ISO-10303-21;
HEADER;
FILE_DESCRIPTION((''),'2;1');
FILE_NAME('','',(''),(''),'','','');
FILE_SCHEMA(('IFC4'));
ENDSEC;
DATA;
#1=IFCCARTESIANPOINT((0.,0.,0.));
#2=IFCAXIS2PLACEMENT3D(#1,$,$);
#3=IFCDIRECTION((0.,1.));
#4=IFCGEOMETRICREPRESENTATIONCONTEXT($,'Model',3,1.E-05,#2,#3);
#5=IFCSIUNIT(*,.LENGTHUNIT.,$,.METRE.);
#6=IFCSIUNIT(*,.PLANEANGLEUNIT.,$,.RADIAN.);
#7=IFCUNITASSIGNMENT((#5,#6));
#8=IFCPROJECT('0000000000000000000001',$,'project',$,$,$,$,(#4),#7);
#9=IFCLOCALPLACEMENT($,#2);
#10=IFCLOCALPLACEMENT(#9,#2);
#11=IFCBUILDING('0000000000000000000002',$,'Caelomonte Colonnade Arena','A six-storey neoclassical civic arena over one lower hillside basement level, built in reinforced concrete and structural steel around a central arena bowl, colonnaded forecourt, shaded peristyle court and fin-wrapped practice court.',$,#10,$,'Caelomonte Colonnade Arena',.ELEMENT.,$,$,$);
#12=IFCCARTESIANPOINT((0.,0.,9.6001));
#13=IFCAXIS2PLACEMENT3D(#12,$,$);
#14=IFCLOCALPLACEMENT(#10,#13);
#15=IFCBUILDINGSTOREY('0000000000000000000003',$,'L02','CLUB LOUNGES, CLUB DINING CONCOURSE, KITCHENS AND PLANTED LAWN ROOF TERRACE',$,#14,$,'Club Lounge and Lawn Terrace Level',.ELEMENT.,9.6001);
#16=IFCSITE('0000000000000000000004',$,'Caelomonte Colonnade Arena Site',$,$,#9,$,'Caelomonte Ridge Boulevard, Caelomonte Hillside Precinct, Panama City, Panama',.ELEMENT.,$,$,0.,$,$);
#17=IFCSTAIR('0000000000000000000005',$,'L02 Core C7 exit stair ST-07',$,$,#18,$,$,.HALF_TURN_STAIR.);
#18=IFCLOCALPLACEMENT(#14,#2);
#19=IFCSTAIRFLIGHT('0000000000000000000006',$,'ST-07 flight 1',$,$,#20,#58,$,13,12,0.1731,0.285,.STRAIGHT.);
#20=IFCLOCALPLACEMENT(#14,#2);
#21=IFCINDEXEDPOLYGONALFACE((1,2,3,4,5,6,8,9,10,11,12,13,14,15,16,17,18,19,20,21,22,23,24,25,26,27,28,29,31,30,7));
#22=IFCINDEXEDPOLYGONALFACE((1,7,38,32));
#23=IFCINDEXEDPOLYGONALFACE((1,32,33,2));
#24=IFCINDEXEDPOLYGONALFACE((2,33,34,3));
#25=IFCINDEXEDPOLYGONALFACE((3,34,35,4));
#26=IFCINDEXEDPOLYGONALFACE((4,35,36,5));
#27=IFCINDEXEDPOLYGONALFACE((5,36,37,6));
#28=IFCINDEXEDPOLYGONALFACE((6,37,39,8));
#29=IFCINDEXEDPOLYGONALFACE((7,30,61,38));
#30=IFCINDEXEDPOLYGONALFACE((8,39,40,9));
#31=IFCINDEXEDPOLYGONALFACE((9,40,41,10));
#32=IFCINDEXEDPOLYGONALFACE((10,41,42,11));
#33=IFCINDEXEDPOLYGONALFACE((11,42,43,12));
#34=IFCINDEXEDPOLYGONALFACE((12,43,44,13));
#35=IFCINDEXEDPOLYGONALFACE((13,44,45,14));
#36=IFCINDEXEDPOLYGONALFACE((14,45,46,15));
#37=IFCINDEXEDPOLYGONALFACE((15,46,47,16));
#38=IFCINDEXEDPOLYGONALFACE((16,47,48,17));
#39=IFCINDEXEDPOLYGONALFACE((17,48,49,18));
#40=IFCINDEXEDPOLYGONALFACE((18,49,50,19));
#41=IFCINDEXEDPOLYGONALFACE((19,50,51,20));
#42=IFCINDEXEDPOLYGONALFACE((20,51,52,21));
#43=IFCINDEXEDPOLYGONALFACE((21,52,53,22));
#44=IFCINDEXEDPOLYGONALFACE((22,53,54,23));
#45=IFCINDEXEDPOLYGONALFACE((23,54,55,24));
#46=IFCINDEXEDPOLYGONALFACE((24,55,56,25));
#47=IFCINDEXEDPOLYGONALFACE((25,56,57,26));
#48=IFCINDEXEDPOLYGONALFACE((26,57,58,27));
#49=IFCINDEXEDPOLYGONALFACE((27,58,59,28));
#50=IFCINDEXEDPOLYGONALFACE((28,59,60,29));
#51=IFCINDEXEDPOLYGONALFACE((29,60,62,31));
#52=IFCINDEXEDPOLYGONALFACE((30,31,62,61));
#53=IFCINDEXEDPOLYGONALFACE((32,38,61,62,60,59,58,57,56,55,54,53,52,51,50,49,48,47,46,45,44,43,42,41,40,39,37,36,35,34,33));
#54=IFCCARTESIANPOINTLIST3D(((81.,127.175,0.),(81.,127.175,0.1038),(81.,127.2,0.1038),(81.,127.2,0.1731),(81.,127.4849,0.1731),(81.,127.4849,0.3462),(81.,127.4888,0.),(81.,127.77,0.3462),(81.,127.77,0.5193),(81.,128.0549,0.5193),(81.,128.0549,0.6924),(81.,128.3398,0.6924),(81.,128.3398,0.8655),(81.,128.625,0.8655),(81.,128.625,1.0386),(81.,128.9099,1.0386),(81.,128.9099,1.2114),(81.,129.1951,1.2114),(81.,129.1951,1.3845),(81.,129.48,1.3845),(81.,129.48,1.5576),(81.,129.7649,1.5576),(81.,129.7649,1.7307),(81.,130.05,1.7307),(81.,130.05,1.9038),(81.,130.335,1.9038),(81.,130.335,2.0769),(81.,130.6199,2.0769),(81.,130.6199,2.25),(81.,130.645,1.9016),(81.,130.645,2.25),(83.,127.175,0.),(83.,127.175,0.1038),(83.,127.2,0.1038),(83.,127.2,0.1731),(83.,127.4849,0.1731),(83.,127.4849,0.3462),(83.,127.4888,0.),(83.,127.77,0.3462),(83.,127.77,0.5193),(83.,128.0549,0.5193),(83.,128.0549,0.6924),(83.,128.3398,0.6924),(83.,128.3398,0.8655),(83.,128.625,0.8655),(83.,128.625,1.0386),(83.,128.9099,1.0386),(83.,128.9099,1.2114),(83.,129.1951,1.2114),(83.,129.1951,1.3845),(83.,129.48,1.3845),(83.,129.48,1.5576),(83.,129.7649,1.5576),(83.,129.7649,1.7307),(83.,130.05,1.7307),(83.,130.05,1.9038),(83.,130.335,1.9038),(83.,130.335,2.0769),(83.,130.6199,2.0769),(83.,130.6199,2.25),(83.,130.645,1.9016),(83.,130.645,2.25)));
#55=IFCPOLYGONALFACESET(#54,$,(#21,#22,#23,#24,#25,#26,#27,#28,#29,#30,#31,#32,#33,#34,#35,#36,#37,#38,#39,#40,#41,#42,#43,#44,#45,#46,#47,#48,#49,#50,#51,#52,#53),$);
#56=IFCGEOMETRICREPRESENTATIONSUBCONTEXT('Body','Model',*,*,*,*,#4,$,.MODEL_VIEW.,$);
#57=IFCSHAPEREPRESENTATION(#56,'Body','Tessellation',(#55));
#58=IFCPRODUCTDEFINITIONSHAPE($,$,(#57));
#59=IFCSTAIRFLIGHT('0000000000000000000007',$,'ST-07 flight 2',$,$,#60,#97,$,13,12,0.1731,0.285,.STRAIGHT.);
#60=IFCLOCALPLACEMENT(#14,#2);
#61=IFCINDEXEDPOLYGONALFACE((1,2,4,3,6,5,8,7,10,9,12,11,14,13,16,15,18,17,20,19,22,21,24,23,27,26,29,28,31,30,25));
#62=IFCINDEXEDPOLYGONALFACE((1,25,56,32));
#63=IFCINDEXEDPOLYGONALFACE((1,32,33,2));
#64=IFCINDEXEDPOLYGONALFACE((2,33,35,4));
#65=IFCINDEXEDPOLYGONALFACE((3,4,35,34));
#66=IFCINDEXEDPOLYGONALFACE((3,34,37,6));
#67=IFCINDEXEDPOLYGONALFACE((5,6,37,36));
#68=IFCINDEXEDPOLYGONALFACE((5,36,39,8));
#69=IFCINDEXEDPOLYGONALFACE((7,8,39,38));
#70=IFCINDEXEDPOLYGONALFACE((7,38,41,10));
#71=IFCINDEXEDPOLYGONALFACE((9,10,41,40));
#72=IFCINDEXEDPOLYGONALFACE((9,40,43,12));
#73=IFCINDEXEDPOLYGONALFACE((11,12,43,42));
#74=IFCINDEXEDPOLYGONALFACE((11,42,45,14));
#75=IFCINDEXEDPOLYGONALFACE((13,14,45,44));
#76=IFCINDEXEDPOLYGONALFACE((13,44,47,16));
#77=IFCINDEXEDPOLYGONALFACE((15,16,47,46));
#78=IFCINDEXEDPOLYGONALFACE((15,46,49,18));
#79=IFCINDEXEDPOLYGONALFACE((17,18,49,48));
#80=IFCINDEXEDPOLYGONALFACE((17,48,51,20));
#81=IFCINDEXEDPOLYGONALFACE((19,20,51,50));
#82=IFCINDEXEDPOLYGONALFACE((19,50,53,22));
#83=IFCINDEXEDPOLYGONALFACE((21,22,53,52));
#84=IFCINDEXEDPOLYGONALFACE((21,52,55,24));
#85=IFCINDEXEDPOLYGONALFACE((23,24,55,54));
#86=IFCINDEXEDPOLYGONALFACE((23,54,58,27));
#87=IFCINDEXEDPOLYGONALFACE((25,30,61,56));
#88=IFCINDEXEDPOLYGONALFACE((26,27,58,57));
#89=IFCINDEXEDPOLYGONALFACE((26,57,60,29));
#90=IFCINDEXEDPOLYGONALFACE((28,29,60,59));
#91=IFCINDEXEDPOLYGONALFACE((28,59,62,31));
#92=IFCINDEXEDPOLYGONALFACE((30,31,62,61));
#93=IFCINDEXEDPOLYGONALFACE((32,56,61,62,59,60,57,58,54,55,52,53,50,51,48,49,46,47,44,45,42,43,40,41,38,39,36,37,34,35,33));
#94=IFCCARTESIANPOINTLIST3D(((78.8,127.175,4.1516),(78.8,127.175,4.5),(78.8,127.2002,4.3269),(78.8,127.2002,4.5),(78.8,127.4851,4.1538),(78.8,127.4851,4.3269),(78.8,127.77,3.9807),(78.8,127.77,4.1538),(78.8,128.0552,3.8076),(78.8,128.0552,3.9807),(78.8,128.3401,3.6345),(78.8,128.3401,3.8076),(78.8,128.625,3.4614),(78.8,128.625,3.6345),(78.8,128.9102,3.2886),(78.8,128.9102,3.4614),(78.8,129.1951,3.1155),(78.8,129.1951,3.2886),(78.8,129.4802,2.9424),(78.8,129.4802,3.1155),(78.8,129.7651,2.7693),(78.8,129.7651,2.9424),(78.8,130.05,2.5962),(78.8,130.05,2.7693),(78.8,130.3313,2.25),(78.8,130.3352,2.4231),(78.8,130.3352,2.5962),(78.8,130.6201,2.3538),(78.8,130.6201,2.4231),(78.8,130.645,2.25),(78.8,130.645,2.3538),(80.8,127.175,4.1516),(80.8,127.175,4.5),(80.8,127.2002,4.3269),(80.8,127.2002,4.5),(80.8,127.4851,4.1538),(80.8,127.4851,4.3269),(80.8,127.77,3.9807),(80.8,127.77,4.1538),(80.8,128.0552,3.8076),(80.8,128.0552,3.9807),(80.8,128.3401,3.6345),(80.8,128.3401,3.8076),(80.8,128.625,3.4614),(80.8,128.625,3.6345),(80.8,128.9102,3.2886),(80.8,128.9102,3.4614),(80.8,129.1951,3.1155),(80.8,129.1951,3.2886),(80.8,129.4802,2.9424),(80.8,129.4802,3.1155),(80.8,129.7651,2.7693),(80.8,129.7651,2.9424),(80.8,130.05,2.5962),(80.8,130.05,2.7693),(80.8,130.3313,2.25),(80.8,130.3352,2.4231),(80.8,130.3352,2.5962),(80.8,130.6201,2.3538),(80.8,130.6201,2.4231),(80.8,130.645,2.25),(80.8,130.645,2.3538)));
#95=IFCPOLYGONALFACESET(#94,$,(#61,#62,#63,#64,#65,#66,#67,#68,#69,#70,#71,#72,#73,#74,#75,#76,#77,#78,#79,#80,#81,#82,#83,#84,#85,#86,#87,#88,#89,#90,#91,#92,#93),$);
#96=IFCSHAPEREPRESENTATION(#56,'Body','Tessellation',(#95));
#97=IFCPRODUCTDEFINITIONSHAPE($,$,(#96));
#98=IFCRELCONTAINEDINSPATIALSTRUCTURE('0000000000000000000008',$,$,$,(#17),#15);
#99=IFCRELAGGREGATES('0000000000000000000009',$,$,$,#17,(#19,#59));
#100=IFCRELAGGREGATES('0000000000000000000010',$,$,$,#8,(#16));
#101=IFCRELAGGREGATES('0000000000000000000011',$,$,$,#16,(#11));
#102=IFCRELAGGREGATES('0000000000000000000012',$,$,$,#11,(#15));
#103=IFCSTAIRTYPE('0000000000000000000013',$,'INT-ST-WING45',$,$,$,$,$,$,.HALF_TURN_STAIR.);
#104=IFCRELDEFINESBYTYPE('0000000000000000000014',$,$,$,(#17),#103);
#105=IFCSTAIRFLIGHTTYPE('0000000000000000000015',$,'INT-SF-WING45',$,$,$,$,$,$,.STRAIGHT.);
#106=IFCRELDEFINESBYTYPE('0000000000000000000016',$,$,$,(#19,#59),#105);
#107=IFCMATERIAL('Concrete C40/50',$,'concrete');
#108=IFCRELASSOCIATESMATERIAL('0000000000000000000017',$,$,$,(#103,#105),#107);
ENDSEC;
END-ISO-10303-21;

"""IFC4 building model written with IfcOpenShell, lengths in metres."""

from ifc_helpers import new_model, si_unit, direction, frame, origin, place, context, subcontext, project, spatial, polyline, outline, extrude, material, type_object, element, aggregate, save


model = new_model("IFC4")

# Units and contexts
model_context = context("Model", 3, precision=1e-05, world=origin(), true_north=direction((0.0, 1.0)))
body_context = subcontext(model_context, "Body", "Model", "MODEL_VIEW")
ifc_project = project(units=[si_unit("LENGTHUNIT", "METRE"), si_unit("PLANEANGLEUNIT", "RADIAN")], contexts=[model_context])

# Site, building, storey
site_placement = place(None, origin())
site = spatial("IfcSite", under=ifc_project, at=site_placement, Name="Caelomonte Colonnade Arena Site", LongName="Caelomonte Ridge Boulevard, Caelomonte Hillside Precinct, Panama City, Panama", CompositionType="ELEMENT", RefElevation=0.0)
building_placement = place(site_placement, origin())
building = spatial("IfcBuilding", under=site, at=building_placement, Name="Caelomonte Colonnade Arena", Description="A six-storey neoclassical civic arena over one lower hillside basement level, built in reinforced concrete and structural steel around a central arena bowl, colonnaded forecourt, shaded peristyle court and fin-wrapped practice court.", LongName="Caelomonte Colonnade Arena", CompositionType="ELEMENT")
storey_placement = place(building_placement, frame((0.0, 0.0, 9.6001)))
storey = spatial("IfcBuildingStorey", under=building, at=storey_placement, Name="L02", Description="CLUB LOUNGES, CLUB DINING CONCOURSE, KITCHENS AND PLANTED LAWN ROOF TERRACE", LongName="Club Lounge and Lawn Terrace Level", CompositionType="ELEMENT", Elevation=9.6001)

# Shared definitions
ifc_material_1 = material(Name="Concrete C40/50", Category="concrete")

# Stair, stair flights
stair_type = type_object("IfcStairType", Name="INT-ST-WING45", PredefinedType="HALF_TURN_STAIR", material=ifc_material_1)
stair_placement = place(storey_placement, origin())
stair = element("IfcStair", 1, at=stair_placement, inside=storey, type_object=stair_type, Name="L02 Core C7 exit stair ST-07", PredefinedType="HALF_TURN_STAIR")
stair_flight_type = type_object("IfcStairFlightType", Name="INT-SF-WING45", PredefinedType="STRAIGHT", material=ifc_material_1)
stair_flight_1_placement = place(storey_placement, frame((82.0, 127.2, 0.0), z_axis=(0.0, 0.0, 1.0), x_axis=(0.0, 1.0, 0.0)))
stair_flight_1 = element("IfcStairFlight", 2, at=stair_flight_1_placement, type_object=stair_flight_type, Name="ST-07 flight 1", NumberOfRisers=13, NumberOfTreads=12, PredefinedType="STRAIGHT", RiserHeight=0.1731, TreadLength=0.285, context=body_context, shape_type="SweptSolid", body=[
    extrude(outline(polyline([(-0.0249, 0.0), (-0.0249, 0.1038), (0.0, 0.1038), (0.0, 0.1731), (0.2849, 0.1731), (0.2849, 0.3462), (0.5701, 0.3462), (0.5701, 0.5193), (0.855, 0.5193), (0.855, 0.6924), (1.1399, 0.6924), (1.1399, 0.8655), (1.425, 0.8655), (1.425, 1.0386), (1.71, 1.0386), (1.71, 1.2114), (1.9951, 1.2114), (1.9951, 1.3845), (2.28, 1.3845), (2.28, 1.5576), (2.5649, 1.5576), (2.5649, 1.7307), (2.8501, 1.7307), (2.8501, 1.9038), (3.135, 1.9038), (3.135, 2.0769), (3.4199, 2.0769), (3.4199, 2.25), (3.4451, 2.25), (3.4451, 1.9016), (0.2888, 0.0), (-0.0249, 0.0)])), frame((0.0, 1.0, 0.0), z_axis=(0.0, -1.0, 0.0), x_axis=(1.0, 0.0, 0.0)), (0.0, 0.0, 1.0), 2.0),
])
stair_flight_2_placement = place(storey_placement, frame((79.8, 130.6201, 2.25), z_axis=(0.0, 0.0, 1.0), x_axis=(0.0, -1.0, 0.0)))
stair_flight_2 = element("IfcStairFlight", 3, at=stair_flight_2_placement, type_object=stair_flight_type, Name="ST-07 flight 2", NumberOfRisers=13, NumberOfTreads=12, PredefinedType="STRAIGHT", RiserHeight=0.1731, TreadLength=0.285, context=body_context, shape_type="SweptSolid", body=[
    extrude(outline(polyline([(-0.0249, 0.0), (-0.0249, 0.1038), (0.0, 0.1038), (0.0, 0.1731), (0.2849, 0.1731), (0.2849, 0.3462), (0.5701, 0.3462), (0.5701, 0.5193), (0.855, 0.5193), (0.855, 0.6924), (1.1399, 0.6924), (1.1399, 0.8655), (1.425, 0.8655), (1.425, 1.0386), (1.71, 1.0386), (1.71, 1.2114), (1.9951, 1.2114), (1.9951, 1.3845), (2.28, 1.3845), (2.28, 1.5576), (2.5649, 1.5576), (2.5649, 1.7307), (2.8501, 1.7307), (2.8501, 1.9038), (3.135, 1.9038), (3.135, 2.0769), (3.4199, 2.0769), (3.4199, 2.25), (3.4451, 2.25), (3.4451, 1.9016), (0.2888, 0.0), (-0.0249, 0.0)])), frame((0.0, 1.0, 0.0), z_axis=(0.0, -1.0, 0.0), x_axis=(1.0, 0.0, 0.0)), (0.0, 0.0, 1.0), 2.0),
])
aggregate(stair, [stair_flight_1, stair_flight_2])

save(model, "model.ifc")
